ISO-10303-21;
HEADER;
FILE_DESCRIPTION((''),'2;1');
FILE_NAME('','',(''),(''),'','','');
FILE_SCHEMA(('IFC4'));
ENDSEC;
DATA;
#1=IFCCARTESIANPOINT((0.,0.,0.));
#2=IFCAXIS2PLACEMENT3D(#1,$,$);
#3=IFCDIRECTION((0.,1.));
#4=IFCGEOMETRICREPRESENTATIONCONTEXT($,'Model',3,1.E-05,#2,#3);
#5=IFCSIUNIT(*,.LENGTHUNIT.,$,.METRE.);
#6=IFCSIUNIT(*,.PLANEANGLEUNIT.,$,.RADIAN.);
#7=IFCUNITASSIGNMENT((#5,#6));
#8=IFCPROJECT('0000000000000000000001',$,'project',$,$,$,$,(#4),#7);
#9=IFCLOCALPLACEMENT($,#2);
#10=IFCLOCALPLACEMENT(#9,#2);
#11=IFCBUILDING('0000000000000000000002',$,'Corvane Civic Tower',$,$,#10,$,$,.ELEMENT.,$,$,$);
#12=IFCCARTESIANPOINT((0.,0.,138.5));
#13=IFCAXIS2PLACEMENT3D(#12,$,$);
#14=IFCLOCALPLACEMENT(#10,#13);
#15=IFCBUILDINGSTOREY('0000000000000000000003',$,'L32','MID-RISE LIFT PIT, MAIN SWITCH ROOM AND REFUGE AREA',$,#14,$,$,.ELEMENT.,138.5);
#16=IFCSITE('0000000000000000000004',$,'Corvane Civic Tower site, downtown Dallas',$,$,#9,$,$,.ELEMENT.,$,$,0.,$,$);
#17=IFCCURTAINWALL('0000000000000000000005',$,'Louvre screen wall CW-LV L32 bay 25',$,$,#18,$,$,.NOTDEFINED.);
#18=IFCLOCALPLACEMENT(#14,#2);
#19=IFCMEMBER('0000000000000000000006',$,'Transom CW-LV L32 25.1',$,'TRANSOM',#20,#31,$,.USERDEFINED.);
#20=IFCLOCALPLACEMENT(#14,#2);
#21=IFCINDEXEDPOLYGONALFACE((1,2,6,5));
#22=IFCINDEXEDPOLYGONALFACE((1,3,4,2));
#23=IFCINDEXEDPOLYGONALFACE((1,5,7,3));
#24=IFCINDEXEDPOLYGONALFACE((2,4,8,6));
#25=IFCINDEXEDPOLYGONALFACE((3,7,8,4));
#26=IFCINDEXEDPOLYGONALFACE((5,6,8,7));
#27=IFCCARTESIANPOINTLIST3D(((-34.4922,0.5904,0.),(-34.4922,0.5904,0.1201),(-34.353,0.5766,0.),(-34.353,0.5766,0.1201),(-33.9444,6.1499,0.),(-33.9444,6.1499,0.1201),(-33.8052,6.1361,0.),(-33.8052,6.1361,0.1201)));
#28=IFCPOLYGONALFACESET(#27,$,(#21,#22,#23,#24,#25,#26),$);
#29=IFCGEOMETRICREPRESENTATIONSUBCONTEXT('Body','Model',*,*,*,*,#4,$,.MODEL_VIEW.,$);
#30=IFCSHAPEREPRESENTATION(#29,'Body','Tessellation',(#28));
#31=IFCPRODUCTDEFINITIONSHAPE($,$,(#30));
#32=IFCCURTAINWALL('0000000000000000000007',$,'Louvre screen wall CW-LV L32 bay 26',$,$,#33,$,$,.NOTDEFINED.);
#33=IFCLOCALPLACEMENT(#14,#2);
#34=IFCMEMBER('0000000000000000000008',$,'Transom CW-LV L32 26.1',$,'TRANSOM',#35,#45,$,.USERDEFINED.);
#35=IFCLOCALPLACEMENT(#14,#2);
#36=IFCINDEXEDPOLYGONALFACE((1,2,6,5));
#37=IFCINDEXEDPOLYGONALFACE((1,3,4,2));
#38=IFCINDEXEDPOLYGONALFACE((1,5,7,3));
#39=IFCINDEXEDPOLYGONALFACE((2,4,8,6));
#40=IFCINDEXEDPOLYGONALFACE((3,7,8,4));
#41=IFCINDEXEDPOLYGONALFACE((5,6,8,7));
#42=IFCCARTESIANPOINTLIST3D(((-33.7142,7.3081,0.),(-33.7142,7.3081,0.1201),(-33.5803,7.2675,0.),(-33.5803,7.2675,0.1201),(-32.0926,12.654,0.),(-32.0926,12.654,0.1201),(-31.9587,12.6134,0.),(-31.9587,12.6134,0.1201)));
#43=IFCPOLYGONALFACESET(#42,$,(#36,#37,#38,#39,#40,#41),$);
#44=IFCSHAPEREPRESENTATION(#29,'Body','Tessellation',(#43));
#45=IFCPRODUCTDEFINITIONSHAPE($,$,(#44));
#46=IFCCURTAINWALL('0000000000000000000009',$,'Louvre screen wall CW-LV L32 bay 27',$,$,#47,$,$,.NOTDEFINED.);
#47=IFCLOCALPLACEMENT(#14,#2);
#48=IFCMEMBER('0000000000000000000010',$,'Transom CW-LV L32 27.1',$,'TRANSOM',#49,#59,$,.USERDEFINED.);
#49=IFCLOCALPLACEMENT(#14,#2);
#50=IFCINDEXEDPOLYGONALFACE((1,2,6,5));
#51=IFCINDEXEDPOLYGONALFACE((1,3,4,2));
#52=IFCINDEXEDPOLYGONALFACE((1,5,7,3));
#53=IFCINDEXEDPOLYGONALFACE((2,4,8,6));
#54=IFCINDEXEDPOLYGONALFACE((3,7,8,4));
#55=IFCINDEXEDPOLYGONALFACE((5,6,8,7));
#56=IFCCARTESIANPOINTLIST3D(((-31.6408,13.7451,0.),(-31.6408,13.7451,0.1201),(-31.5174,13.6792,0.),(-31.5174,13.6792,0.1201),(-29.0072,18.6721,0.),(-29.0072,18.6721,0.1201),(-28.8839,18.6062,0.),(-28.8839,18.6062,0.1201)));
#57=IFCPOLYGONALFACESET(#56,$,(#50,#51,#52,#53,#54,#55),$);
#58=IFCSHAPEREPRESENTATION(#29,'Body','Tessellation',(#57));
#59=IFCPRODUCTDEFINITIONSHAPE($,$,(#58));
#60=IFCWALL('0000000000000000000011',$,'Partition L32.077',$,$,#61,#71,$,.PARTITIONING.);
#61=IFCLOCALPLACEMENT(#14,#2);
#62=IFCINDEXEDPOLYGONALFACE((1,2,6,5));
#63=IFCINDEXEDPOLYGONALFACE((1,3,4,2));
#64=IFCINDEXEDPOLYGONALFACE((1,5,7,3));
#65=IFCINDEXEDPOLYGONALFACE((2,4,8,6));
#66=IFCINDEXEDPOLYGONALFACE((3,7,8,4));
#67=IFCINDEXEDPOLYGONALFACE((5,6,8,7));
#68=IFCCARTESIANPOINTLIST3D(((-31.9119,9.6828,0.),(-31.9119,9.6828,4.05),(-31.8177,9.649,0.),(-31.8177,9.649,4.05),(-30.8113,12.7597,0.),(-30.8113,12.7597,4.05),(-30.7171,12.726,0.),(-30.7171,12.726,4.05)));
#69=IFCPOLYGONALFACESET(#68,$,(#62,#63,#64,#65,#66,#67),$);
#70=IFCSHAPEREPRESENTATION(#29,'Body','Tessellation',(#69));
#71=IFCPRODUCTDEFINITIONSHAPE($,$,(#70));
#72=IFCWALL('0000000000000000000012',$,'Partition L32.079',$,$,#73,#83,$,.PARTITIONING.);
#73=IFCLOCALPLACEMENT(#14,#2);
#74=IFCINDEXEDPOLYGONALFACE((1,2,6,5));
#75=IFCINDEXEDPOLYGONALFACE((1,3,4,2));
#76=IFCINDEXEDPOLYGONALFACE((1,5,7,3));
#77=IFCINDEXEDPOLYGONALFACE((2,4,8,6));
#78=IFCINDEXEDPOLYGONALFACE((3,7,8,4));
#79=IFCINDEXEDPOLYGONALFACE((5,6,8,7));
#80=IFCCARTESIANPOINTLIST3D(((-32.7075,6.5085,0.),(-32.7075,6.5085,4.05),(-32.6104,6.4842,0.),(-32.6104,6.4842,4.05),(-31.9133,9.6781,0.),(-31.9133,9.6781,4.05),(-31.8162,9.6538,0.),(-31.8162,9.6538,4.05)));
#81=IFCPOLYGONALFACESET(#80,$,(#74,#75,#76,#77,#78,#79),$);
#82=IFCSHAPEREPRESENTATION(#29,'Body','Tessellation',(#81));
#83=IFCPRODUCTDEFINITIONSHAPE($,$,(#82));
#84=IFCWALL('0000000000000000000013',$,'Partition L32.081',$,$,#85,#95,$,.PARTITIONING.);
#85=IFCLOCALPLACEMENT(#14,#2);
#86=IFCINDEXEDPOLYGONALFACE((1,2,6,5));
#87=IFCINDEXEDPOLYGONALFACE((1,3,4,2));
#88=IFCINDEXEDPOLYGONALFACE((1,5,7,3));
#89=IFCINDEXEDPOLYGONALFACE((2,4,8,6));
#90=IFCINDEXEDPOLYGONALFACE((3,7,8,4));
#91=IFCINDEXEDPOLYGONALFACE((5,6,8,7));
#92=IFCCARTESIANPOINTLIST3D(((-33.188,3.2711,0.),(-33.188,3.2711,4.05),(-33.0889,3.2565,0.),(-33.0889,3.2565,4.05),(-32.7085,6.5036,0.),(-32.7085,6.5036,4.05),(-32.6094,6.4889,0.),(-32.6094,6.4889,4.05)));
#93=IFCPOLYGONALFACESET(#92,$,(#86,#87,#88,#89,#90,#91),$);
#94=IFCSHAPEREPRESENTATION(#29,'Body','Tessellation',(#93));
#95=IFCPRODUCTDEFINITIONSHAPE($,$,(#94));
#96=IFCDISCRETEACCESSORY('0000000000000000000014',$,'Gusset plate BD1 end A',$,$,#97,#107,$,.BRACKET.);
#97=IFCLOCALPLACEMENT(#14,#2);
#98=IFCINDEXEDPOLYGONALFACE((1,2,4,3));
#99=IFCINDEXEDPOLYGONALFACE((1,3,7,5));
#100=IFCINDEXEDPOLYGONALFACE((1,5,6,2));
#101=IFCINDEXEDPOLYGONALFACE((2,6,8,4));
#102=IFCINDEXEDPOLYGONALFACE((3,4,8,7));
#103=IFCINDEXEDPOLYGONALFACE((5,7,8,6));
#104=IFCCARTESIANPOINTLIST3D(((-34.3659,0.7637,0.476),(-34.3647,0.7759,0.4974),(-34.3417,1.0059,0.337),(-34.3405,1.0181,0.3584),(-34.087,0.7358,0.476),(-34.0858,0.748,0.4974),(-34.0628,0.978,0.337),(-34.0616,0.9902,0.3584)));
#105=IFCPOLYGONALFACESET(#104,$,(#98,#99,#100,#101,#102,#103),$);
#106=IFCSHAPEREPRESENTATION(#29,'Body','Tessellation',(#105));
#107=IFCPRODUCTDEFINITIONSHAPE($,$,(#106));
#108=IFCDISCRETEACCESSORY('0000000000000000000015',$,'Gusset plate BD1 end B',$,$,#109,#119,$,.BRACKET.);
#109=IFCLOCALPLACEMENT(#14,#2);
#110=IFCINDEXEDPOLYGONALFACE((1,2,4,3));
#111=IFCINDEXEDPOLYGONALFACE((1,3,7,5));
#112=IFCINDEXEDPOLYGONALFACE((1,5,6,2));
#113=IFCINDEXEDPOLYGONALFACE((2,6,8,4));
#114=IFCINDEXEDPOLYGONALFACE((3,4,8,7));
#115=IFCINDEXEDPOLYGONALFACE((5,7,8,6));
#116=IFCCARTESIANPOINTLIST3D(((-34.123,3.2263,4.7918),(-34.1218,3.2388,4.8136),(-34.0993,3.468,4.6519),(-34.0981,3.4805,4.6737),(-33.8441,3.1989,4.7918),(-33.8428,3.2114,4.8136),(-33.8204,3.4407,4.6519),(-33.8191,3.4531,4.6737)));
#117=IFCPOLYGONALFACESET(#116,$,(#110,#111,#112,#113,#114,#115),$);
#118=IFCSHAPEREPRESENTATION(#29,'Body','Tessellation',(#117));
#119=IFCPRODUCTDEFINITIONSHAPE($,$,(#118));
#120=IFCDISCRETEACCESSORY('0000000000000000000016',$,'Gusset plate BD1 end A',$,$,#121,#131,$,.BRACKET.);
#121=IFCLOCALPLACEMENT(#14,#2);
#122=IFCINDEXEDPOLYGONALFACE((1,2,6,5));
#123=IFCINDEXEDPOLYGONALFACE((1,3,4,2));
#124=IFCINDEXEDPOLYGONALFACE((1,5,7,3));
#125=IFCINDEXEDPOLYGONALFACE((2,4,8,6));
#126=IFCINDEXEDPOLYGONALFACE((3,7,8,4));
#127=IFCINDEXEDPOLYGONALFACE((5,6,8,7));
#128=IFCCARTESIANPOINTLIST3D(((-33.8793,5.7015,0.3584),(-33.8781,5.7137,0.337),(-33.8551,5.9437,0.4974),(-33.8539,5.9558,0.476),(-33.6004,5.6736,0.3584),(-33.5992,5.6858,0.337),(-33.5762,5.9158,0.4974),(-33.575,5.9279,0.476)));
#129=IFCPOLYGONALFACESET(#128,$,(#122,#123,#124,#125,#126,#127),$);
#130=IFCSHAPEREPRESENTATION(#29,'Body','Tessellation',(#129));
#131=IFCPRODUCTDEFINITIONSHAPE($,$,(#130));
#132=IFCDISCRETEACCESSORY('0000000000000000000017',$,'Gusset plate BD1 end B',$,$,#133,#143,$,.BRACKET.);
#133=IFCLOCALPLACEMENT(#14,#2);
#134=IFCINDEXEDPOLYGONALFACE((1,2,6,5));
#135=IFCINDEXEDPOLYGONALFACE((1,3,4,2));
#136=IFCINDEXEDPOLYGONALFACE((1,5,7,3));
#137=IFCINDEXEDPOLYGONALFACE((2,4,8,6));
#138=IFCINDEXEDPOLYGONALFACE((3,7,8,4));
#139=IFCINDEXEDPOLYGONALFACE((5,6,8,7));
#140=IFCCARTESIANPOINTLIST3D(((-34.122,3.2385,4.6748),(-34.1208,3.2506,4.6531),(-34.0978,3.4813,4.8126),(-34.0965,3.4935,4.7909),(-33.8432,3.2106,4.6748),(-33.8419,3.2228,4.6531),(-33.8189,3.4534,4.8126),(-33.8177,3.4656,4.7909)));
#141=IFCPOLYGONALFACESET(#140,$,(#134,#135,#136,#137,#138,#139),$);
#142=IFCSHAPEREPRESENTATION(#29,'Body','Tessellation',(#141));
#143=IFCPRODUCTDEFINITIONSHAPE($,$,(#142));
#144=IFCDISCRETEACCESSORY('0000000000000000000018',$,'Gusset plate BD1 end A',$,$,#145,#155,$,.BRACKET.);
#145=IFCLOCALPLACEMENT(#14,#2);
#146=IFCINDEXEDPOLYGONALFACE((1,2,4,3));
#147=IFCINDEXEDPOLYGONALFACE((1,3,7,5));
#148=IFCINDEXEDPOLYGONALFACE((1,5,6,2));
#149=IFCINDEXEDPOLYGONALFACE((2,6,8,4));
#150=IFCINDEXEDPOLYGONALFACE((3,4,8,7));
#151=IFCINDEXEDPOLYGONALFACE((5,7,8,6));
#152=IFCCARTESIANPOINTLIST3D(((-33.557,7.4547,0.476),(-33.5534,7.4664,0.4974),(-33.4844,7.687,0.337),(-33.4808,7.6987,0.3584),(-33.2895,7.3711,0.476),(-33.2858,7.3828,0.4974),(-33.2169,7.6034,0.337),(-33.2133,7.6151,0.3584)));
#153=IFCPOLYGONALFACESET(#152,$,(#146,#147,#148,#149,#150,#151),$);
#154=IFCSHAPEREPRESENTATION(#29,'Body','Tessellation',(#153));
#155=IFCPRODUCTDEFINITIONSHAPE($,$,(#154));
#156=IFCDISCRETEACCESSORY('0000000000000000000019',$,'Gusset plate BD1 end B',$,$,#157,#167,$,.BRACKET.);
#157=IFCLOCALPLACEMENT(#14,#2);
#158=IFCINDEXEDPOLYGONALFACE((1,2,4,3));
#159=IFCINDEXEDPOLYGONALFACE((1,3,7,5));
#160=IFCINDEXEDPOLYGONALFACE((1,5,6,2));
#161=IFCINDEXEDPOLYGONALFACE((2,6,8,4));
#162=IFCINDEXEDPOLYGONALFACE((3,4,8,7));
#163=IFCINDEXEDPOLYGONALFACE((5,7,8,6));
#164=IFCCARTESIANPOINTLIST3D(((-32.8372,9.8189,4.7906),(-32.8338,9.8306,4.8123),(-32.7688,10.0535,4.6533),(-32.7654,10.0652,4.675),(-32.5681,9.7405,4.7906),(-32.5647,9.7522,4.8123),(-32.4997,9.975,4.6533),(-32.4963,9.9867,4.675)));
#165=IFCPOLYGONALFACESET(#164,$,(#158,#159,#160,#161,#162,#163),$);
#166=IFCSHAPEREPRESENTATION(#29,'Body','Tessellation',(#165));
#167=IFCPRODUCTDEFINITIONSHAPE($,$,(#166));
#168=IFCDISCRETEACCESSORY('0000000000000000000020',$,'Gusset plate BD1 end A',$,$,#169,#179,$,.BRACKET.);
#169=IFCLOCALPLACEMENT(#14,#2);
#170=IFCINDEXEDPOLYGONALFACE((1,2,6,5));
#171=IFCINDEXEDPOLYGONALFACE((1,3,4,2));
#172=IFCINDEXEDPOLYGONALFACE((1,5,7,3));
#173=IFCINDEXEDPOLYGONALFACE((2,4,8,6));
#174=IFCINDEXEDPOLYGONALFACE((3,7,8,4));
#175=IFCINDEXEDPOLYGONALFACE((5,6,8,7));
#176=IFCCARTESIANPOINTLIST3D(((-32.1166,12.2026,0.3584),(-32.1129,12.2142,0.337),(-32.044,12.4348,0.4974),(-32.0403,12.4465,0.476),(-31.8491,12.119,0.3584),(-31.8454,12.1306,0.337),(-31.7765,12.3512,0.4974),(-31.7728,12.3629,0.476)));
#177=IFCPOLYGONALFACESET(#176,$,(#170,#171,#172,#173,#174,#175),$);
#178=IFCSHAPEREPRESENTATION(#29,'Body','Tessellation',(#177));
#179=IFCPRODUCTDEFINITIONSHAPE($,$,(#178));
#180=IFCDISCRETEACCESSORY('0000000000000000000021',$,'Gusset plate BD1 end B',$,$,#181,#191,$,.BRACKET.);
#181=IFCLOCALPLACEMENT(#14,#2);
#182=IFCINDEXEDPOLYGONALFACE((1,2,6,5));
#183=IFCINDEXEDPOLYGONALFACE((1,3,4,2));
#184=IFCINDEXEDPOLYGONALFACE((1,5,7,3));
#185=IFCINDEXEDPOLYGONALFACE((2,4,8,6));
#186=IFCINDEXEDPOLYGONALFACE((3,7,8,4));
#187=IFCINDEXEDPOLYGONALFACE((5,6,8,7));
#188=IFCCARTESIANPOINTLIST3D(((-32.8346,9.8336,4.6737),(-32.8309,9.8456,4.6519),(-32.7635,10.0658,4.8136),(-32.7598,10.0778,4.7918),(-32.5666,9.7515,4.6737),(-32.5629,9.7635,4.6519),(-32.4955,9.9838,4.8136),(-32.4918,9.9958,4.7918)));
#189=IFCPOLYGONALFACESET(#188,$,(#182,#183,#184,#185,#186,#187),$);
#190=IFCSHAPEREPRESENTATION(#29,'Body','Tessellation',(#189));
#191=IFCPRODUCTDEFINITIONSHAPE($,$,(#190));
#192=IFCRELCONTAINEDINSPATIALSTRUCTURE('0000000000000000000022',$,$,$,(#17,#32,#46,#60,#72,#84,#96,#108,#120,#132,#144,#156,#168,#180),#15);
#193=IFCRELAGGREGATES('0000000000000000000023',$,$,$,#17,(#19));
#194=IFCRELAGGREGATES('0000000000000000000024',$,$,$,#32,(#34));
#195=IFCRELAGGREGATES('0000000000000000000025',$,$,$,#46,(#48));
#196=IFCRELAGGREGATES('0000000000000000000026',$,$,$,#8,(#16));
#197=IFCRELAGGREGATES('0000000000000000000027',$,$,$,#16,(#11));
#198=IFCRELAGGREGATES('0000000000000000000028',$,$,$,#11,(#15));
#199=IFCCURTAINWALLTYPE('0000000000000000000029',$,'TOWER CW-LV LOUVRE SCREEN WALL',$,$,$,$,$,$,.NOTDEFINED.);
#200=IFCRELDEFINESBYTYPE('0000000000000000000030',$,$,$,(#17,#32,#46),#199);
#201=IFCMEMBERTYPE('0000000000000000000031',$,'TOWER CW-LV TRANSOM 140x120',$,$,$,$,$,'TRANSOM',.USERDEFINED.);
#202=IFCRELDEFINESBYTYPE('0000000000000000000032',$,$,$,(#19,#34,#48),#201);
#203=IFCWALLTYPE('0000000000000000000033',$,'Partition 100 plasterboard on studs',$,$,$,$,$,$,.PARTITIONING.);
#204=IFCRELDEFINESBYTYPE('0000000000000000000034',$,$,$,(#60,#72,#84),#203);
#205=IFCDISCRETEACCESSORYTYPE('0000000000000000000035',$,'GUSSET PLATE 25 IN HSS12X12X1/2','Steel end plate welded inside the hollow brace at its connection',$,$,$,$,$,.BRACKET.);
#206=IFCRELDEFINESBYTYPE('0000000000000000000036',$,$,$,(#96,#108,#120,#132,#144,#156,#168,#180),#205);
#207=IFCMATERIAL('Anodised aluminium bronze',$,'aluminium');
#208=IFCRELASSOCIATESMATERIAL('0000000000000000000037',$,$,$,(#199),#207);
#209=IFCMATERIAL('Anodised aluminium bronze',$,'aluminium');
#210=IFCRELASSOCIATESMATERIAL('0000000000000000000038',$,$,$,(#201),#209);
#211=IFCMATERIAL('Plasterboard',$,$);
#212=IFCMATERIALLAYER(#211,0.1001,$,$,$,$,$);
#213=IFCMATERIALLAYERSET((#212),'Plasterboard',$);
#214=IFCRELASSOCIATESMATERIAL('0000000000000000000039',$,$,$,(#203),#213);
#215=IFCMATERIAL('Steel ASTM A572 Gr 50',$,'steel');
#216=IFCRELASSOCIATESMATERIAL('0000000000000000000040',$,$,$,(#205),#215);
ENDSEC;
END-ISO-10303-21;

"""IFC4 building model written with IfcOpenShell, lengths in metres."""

from ifc_helpers import new_model, si_unit, direction, frame, frame_2d, origin, origin_2d, place, context, subcontext, project, spatial, rectangle, extrude, material, layer, layer_set, material_profile, profile_set, type_object, element, aggregate, save


model = new_model("IFC4")

# Units and contexts
model_context = context("Model", 3, precision=1e-05, world=origin(), true_north=direction((0.0, 1.0)))
body_context = subcontext(model_context, "Body", "Model", "MODEL_VIEW")
ifc_project = project(units=[si_unit("LENGTHUNIT", "METRE"), si_unit("PLANEANGLEUNIT", "RADIAN")], contexts=[model_context])

# Site, building, storey
site_placement = place(None, origin())
site = spatial("IfcSite", under=ifc_project, at=site_placement, Name="Corvane Civic Tower site, downtown Dallas", CompositionType="ELEMENT", RefElevation=0.0)
building_placement = place(site_placement, origin())
building = spatial("IfcBuilding", under=site, at=building_placement, Name="Corvane Civic Tower", CompositionType="ELEMENT")
storey_placement = place(building_placement, frame((0.0, 0.0, 138.5)))
storey = spatial("IfcBuildingStorey", under=building, at=storey_placement, Name="L32", Description="MID-RISE LIFT PIT, MAIN SWITCH ROOM AND REFUGE AREA", CompositionType="ELEMENT", Elevation=138.5)

# Curtain walls, members
ifc_material_1 = material(Name="Anodised aluminium bronze", Category="aluminium")
curtain_wall_type = type_object("IfcCurtainWallType", Name="TOWER CW-LV LOUVRE SCREEN WALL", PredefinedType="NOTDEFINED", material=ifc_material_1)
curtain_wall_1_placement = place(storey_placement, origin())
curtain_wall_1 = element("IfcCurtainWall", 1, at=curtain_wall_1_placement, inside=storey, type_object=curtain_wall_type, Name="Louvre screen wall CW-LV L32 bay 25", PredefinedType="NOTDEFINED")
ifc_material_2 = material(Name="Anodised aluminium bronze", Category="aluminium")
ifc_material_profile_1 = material_profile(ifc_material_2, rectangle(XDim=0.1399, YDim=0.1201, at=origin_2d()), Name="TOWER CW-LV TRANSOM 140x120")
ifc_profile_set_1 = profile_set([ifc_material_profile_1], Name="Anodised aluminium bronze")
member_type_1 = type_object("IfcMemberType", Name="TOWER CW-LV TRANSOM 140x120", ElementType="TRANSOM", PredefinedType="USERDEFINED", material=ifc_profile_set_1)
member_1_placement = place(storey_placement, frame((-34.4226, 0.5835, 0.0601), z_axis=(0.098067, 0.99518, 0.0), x_axis=(-0.99518, 0.098067, 0.0)))
member_1 = element("IfcMember", 2, at=member_1_placement, type_object=member_type_1, Name="Transom CW-LV L32 25.1", ObjectType="TRANSOM", PredefinedType="USERDEFINED", context=body_context, shape_type="SweptSolid", body=[
    extrude(rectangle(XDim=0.1399, YDim=0.1201, at=origin_2d()), origin(), (0.0, 0.0, 1.0), 5.5864),
])
curtain_wall_2_placement = place(storey_placement, origin())
curtain_wall_2 = element("IfcCurtainWall", 3, at=curtain_wall_2_placement, inside=storey, type_object=curtain_wall_type, Name="Louvre screen wall CW-LV L32 bay 26", PredefinedType="NOTDEFINED")
member_2_placement = place(storey_placement, frame((-33.6472, 7.2878, 0.0601), z_axis=(0.290269, 0.956945, 0.0), x_axis=(-0.956945, 0.290269, 0.0)))
member_2 = element("IfcMember", 4, at=member_2_placement, type_object=member_type_1, Name="Transom CW-LV L32 26.1", ObjectType="TRANSOM", PredefinedType="USERDEFINED", context=body_context, shape_type="SweptSolid", body=[
    extrude(rectangle(XDim=0.1399, YDim=0.1201, at=origin_2d()), origin(), (0.0, 0.0, 1.0), 5.5864),
])
curtain_wall_3_placement = place(storey_placement, origin())
curtain_wall_3 = element("IfcCurtainWall", 5, at=curtain_wall_3_placement, inside=storey, type_object=curtain_wall_type, Name="Louvre screen wall CW-LV L32 bay 27", PredefinedType="NOTDEFINED")
member_3_placement = place(storey_placement, frame((-31.5791, 13.7122, 0.0601), z_axis=(0.471398, 0.881921, 0.0), x_axis=(-0.881921, 0.471398, 0.0)))
member_3 = element("IfcMember", 6, at=member_3_placement, type_object=member_type_1, Name="Transom CW-LV L32 27.1", ObjectType="TRANSOM", PredefinedType="USERDEFINED", context=body_context, shape_type="SweptSolid", body=[
    extrude(rectangle(XDim=0.1399, YDim=0.1201, at=origin_2d()), origin(), (0.0, 0.0, 1.0), 5.5867),
])

# Walls
ifc_material_3 = material(Name="Plasterboard")
ifc_layer = layer(ifc_material_3, 0.1001)
ifc_layer_set = layer_set([ifc_layer], Name="Plasterboard")
wall_type = type_object("IfcWallType", Name="Partition 100 plasterboard on studs", PredefinedType="PARTITIONING", material=ifc_layer_set)
wall_1_placement = place(storey_placement, frame((-31.8647, 9.666, 0.0), z_axis=(0.0, 0.0, 1.0), x_axis=(0.336795, 0.941578, 0.0)))
element("IfcWall", 7, at=wall_1_placement, inside=storey, type_object=wall_type, Name="Partition L32.077", PredefinedType="PARTITIONING", context=body_context, shape_type="SweptSolid", body=[
    extrude(rectangle(XDim=3.2678, YDim=0.1001, at=frame_2d((1.6338, 0.0))), origin(), (0.0, 0.0, 1.0), 4.05),
])
wall_2_placement = place(storey_placement, frame((-32.6589, 6.4963, 0.0), z_axis=(0.0, 0.0, 1.0), x_axis=(0.243045, 0.970015, 0.0)))
element("IfcWall", 8, at=wall_2_placement, inside=storey, type_object=wall_type, Name="Partition L32.079", PredefinedType="PARTITIONING", context=body_context, shape_type="SweptSolid", body=[
    extrude(rectangle(XDim=3.2676, YDim=0.1001, at=frame_2d((1.6338, 0.0))), origin(), (0.0, 0.0, 1.0), 4.05),
])
wall_3_placement = place(storey_placement, frame((-33.1384, 3.2639, 0.0), z_axis=(0.0, 0.0, 1.0), x_axis=(0.146733, 0.989176, 0.0)))
element("IfcWall", 9, at=wall_3_placement, inside=storey, type_object=wall_type, Name="Partition L32.081", PredefinedType="PARTITIONING", context=body_context, shape_type="SweptSolid", body=[
    extrude(rectangle(XDim=3.2678, YDim=0.1001, at=frame_2d((1.6338, 0.0))), origin(), (0.0, 0.0, 1.0), 4.05),
])

aggregate(curtain_wall_1, [member_1])
aggregate(curtain_wall_2, [member_2])
aggregate(curtain_wall_3, [member_3])

# Discrete accessories
ifc_material_4 = material(Name="Steel ASTM A572 Gr 50", Category="steel")
ifc_material_profile_2 = material_profile(ifc_material_4, rectangle(XDim=0.2803, YDim=0.2803, at=origin_2d()), Name="GUSSET PLATE 25 IN HSS12X12X1/2")
ifc_profile_set_2 = profile_set([ifc_material_profile_2], Name="Steel ASTM A572 Gr 50")
discrete_accessory_type = type_object("IfcDiscreteAccessoryType", Name="GUSSET PLATE 25 IN HSS12X12X1/2", Description="Steel end plate welded inside the hollow brace at its connection", PredefinedType="BRACKET", material=ifc_profile_set_2)
discrete_accessory_1_placement = place(storey_placement, frame((-34.2144, 0.8708, 0.4065), z_axis=(0.049341, 0.493408, 0.868398), x_axis=(-0.995037, 0.099504, 0.0)))
element("IfcDiscreteAccessory", 10, at=discrete_accessory_1_placement, inside=storey, type_object=discrete_accessory_type, Name="Gusset plate BD1 end A", PredefinedType="BRACKET", context=body_context, shape_type="SweptSolid", body=[
    extrude(rectangle(XDim=0.2803, YDim=0.2803, at=origin_2d()), origin(), (0.0, 0.0, 1.0), 0.0247),
])
discrete_accessory_2_placement = place(storey_placement, frame((-33.9705, 3.3459, 4.7437), z_axis=(-0.048686, -0.496599, -0.866614), x_axis=(0.995229, -0.097571, 0.0)))
element("IfcDiscreteAccessory", 11, at=discrete_accessory_2_placement, inside=storey, type_object=discrete_accessory_type, Name="Gusset plate BD1 end B", PredefinedType="BRACKET", context=body_context, shape_type="SweptSolid", body=[
    extrude(rectangle(XDim=0.2803, YDim=0.2803, at=origin_2d()), origin(), (0.0, 0.0, 1.0), 0.0251),
])
discrete_accessory_3_placement = place(storey_placement, frame((-33.7266, 5.8208, 0.4065), z_axis=(-0.049341, -0.493408, 0.868398), x_axis=(0.995037, -0.099504, 0.0)))
element("IfcDiscreteAccessory", 12, at=discrete_accessory_3_placement, inside=storey, type_object=discrete_accessory_type, Name="Gusset plate BD1 end A", PredefinedType="BRACKET", context=body_context, shape_type="SweptSolid", body=[
    extrude(rectangle(XDim=0.2803, YDim=0.2803, at=origin_2d()), origin(), (0.0, 0.0, 1.0), 0.0247),
])
discrete_accessory_4_placement = place(storey_placement, frame((-33.9705, 3.3459, 4.7437), z_axis=(0.048921, 0.48921, -0.870793), x_axis=(-0.995037, 0.099504, 0.0)))
element("IfcDiscreteAccessory", 13, at=discrete_accessory_4_placement, inside=storey, type_object=discrete_accessory_type, Name="Gusset plate BD1 end B", PredefinedType="BRACKET", context=body_context, shape_type="SweptSolid", body=[
    extrude(rectangle(XDim=0.2803, YDim=0.2803, at=origin_2d()), origin(), (0.0, 0.0, 1.0), 0.0249),
])
discrete_accessory_5_placement = place(storey_placement, frame((-33.387, 7.5291, 0.4065), z_axis=(0.147993, 0.473579, 0.868228), x_axis=(-0.95448, 0.298275, 0.0)))
element("IfcDiscreteAccessory", 14, at=discrete_accessory_5_placement, inside=storey, type_object=discrete_accessory_type, Name="Gusset plate BD1 end A", PredefinedType="BRACKET", context=body_context, shape_type="SweptSolid", body=[
    extrude(rectangle(XDim=0.2803, YDim=0.2803, at=origin_2d()), origin(), (0.0, 0.0, 1.0), 0.0247),
])
discrete_accessory_6_placement = place(storey_placement, frame((-32.665, 9.9087, 4.7437), z_axis=(-0.137143, -0.470204, -0.871837), x_axis=(0.96, -0.28, 0.0)))
element("IfcDiscreteAccessory", 15, at=discrete_accessory_6_placement, inside=storey, type_object=discrete_accessory_type, Name="Gusset plate BD1 end B", PredefinedType="BRACKET", context=body_context, shape_type="SweptSolid", body=[
    extrude(rectangle(XDim=0.2803, YDim=0.2803, at=origin_2d()), origin(), (0.0, 0.0, 1.0), 0.0249),
])
discrete_accessory_7_placement = place(storey_placement, frame((-31.9429, 12.2886, 0.4065), z_axis=(-0.147993, -0.473579, 0.868228), x_axis=(0.95448, -0.298275, 0.0)))
element("IfcDiscreteAccessory", 16, at=discrete_accessory_7_placement, inside=storey, type_object=discrete_accessory_type, Name="Gusset plate BD1 end A", PredefinedType="BRACKET", context=body_context, shape_type="SweptSolid", body=[
    extrude(rectangle(XDim=0.2803, YDim=0.2803, at=origin_2d()), origin(), (0.0, 0.0, 1.0), 0.0247),
])
discrete_accessory_8_placement = place(storey_placement, frame((-32.665, 9.9087, 4.7437), z_axis=(0.146058, 0.477124, -0.866614), x_axis=(-0.9562, 0.292714, 0.0)))
element("IfcDiscreteAccessory", 17, at=discrete_accessory_8_placement, inside=storey, type_object=discrete_accessory_type, Name="Gusset plate BD1 end B", PredefinedType="BRACKET", context=body_context, shape_type="SweptSolid", body=[
    extrude(rectangle(XDim=0.2803, YDim=0.2803, at=origin_2d()), origin(), (0.0, 0.0, 1.0), 0.0251),
])

save(model, "model.ifc")
